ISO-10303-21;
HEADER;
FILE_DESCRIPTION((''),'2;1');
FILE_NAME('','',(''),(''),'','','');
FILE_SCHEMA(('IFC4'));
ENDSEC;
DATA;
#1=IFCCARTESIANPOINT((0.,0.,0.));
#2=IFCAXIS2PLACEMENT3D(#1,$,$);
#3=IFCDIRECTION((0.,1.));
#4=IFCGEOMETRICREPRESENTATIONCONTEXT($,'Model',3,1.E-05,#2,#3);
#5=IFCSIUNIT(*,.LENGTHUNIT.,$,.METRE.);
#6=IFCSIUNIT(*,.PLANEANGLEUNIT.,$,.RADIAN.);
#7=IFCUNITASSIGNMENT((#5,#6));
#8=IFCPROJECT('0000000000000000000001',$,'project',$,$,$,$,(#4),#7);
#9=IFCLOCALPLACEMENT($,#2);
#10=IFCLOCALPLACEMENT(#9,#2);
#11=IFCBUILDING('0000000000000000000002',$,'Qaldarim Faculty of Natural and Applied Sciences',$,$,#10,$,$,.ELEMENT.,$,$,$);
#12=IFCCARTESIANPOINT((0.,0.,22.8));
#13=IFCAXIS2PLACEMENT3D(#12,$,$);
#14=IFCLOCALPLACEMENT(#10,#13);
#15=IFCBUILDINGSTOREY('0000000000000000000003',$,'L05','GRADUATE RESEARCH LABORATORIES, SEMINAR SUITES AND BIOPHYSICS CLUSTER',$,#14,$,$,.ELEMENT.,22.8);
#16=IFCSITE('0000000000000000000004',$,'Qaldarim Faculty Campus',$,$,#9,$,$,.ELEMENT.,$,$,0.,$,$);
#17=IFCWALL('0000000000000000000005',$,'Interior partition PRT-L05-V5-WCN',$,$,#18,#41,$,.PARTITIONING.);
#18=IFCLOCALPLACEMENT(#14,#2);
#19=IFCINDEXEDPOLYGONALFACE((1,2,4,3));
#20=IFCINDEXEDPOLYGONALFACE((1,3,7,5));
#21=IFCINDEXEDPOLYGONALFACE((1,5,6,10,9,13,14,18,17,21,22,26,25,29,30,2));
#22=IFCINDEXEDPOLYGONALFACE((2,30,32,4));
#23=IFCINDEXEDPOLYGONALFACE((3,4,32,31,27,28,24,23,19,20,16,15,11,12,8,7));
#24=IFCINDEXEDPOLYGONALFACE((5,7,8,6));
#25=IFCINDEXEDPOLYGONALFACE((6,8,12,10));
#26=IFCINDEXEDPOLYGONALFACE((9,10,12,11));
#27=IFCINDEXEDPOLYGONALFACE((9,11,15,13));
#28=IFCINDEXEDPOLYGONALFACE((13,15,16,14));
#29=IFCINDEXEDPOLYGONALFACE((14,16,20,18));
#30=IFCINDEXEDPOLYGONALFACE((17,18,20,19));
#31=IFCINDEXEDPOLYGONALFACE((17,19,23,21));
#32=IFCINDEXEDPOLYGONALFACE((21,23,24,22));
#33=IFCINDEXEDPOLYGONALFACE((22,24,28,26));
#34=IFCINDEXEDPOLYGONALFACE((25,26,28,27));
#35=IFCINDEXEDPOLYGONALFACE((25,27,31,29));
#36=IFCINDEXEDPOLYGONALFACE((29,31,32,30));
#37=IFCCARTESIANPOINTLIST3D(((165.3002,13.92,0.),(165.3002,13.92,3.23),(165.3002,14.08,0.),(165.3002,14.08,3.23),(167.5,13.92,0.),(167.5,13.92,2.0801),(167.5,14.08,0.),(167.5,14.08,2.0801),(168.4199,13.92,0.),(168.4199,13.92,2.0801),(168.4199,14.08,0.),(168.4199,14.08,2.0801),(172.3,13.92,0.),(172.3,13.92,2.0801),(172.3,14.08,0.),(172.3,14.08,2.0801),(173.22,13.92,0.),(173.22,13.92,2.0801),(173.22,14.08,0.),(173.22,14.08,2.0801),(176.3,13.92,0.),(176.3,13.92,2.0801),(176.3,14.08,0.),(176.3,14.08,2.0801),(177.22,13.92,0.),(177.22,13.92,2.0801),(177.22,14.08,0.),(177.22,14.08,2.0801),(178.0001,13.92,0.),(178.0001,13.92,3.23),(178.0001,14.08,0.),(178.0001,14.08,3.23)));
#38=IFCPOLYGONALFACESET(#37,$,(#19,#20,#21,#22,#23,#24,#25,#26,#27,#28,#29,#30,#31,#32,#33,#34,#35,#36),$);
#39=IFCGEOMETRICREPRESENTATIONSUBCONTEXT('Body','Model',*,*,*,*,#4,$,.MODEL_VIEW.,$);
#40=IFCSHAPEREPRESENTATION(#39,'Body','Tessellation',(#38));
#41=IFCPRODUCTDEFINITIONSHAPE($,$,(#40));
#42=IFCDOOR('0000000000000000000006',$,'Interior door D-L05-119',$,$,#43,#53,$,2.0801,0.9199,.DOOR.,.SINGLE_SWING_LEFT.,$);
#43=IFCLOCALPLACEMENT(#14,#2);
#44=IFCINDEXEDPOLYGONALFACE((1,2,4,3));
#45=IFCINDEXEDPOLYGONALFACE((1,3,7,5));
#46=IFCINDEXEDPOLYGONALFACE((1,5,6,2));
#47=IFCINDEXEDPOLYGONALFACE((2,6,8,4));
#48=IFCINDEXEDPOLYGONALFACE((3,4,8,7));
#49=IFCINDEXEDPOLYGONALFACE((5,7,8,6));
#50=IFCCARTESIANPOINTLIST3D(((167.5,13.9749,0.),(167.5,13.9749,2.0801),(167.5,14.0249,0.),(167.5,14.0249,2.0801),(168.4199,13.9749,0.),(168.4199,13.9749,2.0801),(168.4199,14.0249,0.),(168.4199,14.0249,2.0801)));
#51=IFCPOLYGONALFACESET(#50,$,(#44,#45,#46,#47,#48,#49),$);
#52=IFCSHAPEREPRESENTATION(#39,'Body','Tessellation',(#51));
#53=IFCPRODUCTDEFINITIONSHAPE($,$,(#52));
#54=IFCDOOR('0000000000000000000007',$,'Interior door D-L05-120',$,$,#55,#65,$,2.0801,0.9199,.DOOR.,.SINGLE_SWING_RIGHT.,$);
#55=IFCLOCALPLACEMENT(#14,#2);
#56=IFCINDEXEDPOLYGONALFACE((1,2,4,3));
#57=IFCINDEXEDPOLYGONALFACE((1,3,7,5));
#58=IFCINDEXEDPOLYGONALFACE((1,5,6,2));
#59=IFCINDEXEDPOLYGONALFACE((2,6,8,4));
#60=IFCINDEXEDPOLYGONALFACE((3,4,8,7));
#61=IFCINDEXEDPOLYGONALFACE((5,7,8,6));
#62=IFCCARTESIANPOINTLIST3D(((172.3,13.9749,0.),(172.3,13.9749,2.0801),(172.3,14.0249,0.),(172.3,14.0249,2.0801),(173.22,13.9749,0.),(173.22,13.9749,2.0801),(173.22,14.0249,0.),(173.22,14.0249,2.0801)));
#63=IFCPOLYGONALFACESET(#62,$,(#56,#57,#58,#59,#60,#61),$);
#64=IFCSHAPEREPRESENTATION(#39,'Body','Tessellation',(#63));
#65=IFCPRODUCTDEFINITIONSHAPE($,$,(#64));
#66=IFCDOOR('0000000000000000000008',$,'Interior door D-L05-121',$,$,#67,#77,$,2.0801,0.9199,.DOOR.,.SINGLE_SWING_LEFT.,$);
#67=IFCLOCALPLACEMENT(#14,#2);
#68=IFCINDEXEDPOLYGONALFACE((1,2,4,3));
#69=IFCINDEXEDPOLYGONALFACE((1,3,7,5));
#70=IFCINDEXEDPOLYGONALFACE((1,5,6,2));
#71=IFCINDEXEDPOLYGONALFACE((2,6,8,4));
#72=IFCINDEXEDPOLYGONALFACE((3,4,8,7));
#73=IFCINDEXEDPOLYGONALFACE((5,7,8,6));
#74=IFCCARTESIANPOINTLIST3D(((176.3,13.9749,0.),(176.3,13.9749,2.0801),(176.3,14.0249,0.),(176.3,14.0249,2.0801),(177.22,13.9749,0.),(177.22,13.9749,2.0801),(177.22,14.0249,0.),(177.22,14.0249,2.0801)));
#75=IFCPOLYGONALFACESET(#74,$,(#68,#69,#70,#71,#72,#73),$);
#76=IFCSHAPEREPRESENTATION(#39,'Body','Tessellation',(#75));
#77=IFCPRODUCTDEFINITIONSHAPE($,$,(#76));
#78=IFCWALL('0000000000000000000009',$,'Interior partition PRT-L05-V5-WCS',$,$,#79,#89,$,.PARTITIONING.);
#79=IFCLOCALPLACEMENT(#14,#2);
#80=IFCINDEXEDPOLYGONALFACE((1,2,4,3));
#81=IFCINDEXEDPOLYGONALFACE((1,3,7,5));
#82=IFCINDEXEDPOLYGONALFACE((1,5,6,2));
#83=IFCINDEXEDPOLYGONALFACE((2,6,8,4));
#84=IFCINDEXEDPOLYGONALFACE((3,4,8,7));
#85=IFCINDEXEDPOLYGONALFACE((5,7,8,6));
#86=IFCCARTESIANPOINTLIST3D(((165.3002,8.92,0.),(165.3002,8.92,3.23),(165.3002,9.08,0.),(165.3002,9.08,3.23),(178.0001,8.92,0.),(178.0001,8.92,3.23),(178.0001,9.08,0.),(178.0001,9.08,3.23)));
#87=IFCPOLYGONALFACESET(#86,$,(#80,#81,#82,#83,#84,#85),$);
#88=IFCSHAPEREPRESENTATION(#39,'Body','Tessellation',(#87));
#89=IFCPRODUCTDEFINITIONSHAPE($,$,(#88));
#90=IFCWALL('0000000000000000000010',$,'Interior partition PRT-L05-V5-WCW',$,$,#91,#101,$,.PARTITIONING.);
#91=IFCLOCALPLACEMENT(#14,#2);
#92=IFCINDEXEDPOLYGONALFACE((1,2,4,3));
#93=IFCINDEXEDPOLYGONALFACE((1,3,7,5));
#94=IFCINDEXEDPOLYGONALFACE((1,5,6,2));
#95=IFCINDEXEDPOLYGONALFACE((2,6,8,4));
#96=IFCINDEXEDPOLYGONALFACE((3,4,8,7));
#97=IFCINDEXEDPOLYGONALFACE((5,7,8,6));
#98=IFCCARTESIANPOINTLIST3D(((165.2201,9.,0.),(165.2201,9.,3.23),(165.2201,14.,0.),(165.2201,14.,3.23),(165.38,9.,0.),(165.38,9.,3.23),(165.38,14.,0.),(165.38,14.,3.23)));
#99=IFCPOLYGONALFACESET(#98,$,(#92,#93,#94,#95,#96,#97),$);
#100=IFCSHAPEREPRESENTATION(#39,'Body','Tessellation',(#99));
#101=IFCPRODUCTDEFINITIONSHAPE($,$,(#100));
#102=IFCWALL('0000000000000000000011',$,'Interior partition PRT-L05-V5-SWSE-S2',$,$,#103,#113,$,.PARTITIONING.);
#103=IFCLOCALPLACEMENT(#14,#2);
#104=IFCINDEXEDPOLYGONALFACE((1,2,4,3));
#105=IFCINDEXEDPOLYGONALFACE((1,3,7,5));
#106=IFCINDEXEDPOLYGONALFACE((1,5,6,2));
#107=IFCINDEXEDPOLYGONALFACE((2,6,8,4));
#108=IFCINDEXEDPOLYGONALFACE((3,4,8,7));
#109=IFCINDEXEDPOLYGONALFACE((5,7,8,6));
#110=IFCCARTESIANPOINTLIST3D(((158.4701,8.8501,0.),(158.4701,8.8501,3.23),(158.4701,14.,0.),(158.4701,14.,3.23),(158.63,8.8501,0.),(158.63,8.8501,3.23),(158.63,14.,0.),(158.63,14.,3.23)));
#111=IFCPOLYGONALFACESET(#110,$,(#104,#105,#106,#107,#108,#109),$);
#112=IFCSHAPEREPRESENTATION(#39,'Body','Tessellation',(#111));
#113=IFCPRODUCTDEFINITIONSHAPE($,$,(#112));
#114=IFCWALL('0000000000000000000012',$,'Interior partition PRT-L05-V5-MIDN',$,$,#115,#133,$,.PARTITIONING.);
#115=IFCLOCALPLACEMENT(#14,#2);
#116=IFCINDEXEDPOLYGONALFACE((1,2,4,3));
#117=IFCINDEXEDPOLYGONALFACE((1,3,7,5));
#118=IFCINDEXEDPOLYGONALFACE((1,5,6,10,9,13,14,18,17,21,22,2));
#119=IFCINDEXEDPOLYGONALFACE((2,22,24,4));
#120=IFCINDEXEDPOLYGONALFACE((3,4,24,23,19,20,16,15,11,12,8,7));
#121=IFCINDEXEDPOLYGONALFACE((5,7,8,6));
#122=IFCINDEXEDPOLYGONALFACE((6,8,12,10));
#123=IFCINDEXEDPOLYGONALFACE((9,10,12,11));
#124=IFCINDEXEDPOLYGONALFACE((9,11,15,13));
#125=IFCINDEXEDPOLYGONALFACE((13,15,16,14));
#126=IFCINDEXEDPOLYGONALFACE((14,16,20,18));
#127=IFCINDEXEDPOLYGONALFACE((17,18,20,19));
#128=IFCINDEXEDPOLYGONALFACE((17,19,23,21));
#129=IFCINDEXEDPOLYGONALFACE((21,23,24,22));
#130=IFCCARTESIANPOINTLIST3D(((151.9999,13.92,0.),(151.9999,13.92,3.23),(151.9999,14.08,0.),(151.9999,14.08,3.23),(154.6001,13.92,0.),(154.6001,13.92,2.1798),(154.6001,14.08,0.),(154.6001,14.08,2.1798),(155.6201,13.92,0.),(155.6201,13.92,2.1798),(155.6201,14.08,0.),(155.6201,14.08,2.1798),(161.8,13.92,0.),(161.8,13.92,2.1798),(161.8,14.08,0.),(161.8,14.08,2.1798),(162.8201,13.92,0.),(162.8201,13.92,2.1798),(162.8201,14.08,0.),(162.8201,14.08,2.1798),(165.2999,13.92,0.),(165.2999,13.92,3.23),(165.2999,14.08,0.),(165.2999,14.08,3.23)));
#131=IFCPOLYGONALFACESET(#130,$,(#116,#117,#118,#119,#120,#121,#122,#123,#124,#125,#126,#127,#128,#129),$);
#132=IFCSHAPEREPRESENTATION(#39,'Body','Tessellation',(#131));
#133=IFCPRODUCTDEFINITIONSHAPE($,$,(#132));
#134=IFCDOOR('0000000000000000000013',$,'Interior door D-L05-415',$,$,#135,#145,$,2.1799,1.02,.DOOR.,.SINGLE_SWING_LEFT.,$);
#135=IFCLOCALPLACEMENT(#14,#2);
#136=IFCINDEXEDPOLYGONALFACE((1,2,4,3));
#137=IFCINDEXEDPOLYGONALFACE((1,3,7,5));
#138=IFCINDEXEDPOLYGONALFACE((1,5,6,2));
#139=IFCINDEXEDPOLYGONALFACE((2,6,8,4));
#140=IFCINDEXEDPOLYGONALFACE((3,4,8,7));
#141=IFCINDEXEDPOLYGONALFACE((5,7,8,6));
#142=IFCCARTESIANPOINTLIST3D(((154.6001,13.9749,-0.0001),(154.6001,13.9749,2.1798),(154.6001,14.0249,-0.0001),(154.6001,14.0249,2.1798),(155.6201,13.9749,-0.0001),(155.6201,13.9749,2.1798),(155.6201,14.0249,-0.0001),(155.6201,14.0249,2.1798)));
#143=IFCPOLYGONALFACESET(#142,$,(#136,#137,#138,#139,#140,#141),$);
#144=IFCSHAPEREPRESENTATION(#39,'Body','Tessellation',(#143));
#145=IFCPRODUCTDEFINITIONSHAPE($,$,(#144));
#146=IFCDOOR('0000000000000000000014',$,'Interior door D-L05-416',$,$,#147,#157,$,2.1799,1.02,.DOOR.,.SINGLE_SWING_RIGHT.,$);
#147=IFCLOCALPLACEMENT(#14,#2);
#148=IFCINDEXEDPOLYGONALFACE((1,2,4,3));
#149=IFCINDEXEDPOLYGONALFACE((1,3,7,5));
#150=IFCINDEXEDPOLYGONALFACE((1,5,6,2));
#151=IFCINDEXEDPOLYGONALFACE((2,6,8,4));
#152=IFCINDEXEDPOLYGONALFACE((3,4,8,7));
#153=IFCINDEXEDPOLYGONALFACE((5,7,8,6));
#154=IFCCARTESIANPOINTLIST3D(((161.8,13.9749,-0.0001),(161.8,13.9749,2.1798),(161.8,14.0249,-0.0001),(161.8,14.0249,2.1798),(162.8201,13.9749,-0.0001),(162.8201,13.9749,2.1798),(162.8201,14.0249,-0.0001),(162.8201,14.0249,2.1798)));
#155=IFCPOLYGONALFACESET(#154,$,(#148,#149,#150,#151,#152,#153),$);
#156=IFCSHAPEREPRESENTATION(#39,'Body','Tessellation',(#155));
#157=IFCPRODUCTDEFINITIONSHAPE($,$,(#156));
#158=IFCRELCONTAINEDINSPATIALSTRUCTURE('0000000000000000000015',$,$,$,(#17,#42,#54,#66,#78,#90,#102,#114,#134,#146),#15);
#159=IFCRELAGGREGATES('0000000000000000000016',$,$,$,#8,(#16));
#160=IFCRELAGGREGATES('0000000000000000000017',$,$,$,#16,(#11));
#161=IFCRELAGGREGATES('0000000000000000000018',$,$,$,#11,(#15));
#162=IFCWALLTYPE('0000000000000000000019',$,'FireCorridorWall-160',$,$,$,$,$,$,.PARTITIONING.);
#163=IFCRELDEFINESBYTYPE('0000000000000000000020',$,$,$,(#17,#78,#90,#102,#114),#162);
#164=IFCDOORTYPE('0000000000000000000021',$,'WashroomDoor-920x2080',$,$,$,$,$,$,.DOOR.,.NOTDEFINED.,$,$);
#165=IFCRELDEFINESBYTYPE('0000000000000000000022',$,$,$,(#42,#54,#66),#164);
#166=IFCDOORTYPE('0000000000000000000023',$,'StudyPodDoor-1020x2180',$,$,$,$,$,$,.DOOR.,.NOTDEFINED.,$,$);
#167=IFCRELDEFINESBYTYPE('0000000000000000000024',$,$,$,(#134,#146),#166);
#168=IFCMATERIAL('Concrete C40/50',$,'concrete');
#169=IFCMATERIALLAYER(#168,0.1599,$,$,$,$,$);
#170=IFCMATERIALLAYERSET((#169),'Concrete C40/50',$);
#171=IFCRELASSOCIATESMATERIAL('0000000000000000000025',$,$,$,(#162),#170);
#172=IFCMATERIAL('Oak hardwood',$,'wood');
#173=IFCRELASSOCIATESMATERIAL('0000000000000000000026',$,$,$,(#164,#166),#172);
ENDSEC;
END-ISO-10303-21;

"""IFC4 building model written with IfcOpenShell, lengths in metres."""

from ifc_helpers import new_model, si_unit, direction, frame, frame_2d, origin, place, context, subcontext, project, spatial, rectangle, extrude, material, layer, layer_set, type_object, element, fill, save


model = new_model("IFC4")

# Units and contexts
model_context = context("Model", 3, precision=1e-05, world=origin(), true_north=direction((0.0, 1.0)))
body_context = subcontext(model_context, "Body", "Model", "MODEL_VIEW")
ifc_project = project(units=[si_unit("LENGTHUNIT", "METRE"), si_unit("PLANEANGLEUNIT", "RADIAN")], contexts=[model_context])

# Site, building, storey
site_placement = place(None, origin())
site = spatial("IfcSite", under=ifc_project, at=site_placement, Name="Qaldarim Faculty Campus", CompositionType="ELEMENT", RefElevation=0.0)
building_placement = place(site_placement, origin())
building = spatial("IfcBuilding", under=site, at=building_placement, Name="Qaldarim Faculty of Natural and Applied Sciences", CompositionType="ELEMENT")
storey_placement = place(building_placement, frame((0.0, 0.0, 22.8)))
storey = spatial("IfcBuildingStorey", under=building, at=storey_placement, Name="L05", Description="GRADUATE RESEARCH LABORATORIES, SEMINAR SUITES AND BIOPHYSICS CLUSTER", CompositionType="ELEMENT", Elevation=22.8)

# Wall, openings, doors
ifc_material_1 = material(Name="Concrete C40/50", Category="concrete")
ifc_layer_1 = layer(ifc_material_1, 0.1599)
ifc_layer_set_1 = layer_set([ifc_layer_1], Name="Concrete C40/50")
wall_type_1 = type_object("IfcWallType", Name="FireCorridorWall-160", PredefinedType="PARTITIONING", material=ifc_layer_set_1)
wall_1_placement = place(storey_placement, frame((165.3, 14.0, 0.0), z_axis=(0.0, 0.0, 1.0), x_axis=(1.0, 0.0, 0.0)))
wall_1 = element("IfcWall", 1, at=wall_1_placement, inside=storey, type_object=wall_type_1, Name="Interior partition PRT-L05-V5-WCN", PredefinedType="PARTITIONING", context=body_context, shape_type="SweptSolid", body=[
    extrude(rectangle(XDim=12.7, YDim=0.1599, at=frame_2d((6.3501, 0.0))), origin(), (0.0, 0.0, 1.0), 3.23),
])
opening_1_placement = place(wall_1_placement, frame((2.2, 0.0, 0.0)))
opening_1 = element("IfcOpeningElement", 2, at=opening_1_placement, cuts=wall_1, PredefinedType="OPENING", context=body_context, shape_type="SweptSolid", body=[
    extrude(rectangle(XDim=0.9199, YDim=2.0801, at=frame_2d((0.46, 1.04))), frame((0.0, 0.0898, 0.0), z_axis=(0.0, -1.0, 0.0), x_axis=(1.0, 0.0, 0.0)), (0.0, 0.0, 1.0), 0.1799),
])
opening_2_placement = place(wall_1_placement, frame((7.0, 0.0, 0.0)))
opening_2 = element("IfcOpeningElement", 3, at=opening_2_placement, cuts=wall_1, PredefinedType="OPENING", context=body_context, shape_type="SweptSolid", body=[
    extrude(rectangle(XDim=0.9199, YDim=2.0801, at=frame_2d((0.46, 1.04))), frame((0.0, 0.0898, 0.0), z_axis=(0.0, -1.0, 0.0), x_axis=(1.0, 0.0, 0.0)), (0.0, 0.0, 1.0), 0.1799),
])
opening_3_placement = place(wall_1_placement, frame((11.0, 0.0, 0.0)))
opening_3 = element("IfcOpeningElement", 4, at=opening_3_placement, cuts=wall_1, PredefinedType="OPENING", context=body_context, shape_type="SweptSolid", body=[
    extrude(rectangle(XDim=0.9199, YDim=2.0801, at=frame_2d((0.46, 1.04))), frame((0.0, 0.0898, 0.0), z_axis=(0.0, -1.0, 0.0), x_axis=(1.0, 0.0, 0.0)), (0.0, 0.0, 1.0), 0.1799),
])
ifc_material_2 = material(Name="Oak hardwood", Category="wood")
door_type_1 = type_object("IfcDoorType", Name="WashroomDoor-920x2080", OperationType="NOTDEFINED", PredefinedType="DOOR", material=ifc_material_2)
door_1_placement = place(opening_1_placement, origin())
door_1 = element("IfcDoor", 5, at=door_1_placement, inside=storey, type_object=door_type_1, Name="Interior door D-L05-119", OperationType="SINGLE_SWING_LEFT", OverallHeight=2.0801, OverallWidth=0.9199, PredefinedType="DOOR", context=body_context, shape_type="SweptSolid", body=[
    extrude(rectangle(XDim=0.9199, YDim=2.0801, at=frame_2d((0.46, 1.04))), frame((0.0, 0.0249, 0.0), z_axis=(0.0, -1.0, 0.0), x_axis=(1.0, 0.0, 0.0)), (0.0, 0.0, 1.0), 0.05),
])
fill(opening_1, door_1)
door_2_placement = place(opening_2_placement, origin())
door_2 = element("IfcDoor", 6, at=door_2_placement, inside=storey, type_object=door_type_1, Name="Interior door D-L05-120", OperationType="SINGLE_SWING_RIGHT", OverallHeight=2.0801, OverallWidth=0.9199, PredefinedType="DOOR", context=body_context, shape_type="SweptSolid", body=[
    extrude(rectangle(XDim=0.9199, YDim=2.0801, at=frame_2d((0.46, 1.04))), frame((0.0, 0.0249, 0.0), z_axis=(0.0, -1.0, 0.0), x_axis=(1.0, 0.0, 0.0)), (0.0, 0.0, 1.0), 0.05),
])
fill(opening_2, door_2)
door_3_placement = place(opening_3_placement, origin())
door_3 = element("IfcDoor", 7, at=door_3_placement, inside=storey, type_object=door_type_1, Name="Interior door D-L05-121", OperationType="SINGLE_SWING_LEFT", OverallHeight=2.0801, OverallWidth=0.9199, PredefinedType="DOOR", context=body_context, shape_type="SweptSolid", body=[
    extrude(rectangle(XDim=0.9199, YDim=2.0801, at=frame_2d((0.46, 1.04))), frame((0.0, 0.0249, 0.0), z_axis=(0.0, -1.0, 0.0), x_axis=(1.0, 0.0, 0.0)), (0.0, 0.0, 1.0), 0.05),
])
fill(opening_3, door_3)

# Walls
wall_2_placement = place(storey_placement, frame((165.3, 9.0, 0.0), z_axis=(0.0, 0.0, 1.0), x_axis=(1.0, 0.0, 0.0)))
element("IfcWall", 8, at=wall_2_placement, inside=storey, type_object=wall_type_1, Name="Interior partition PRT-L05-V5-WCS", PredefinedType="PARTITIONING", context=body_context, shape_type="SweptSolid", body=[
    extrude(rectangle(XDim=12.7, YDim=0.1599, at=frame_2d((6.3501, 0.0))), origin(), (0.0, 0.0, 1.0), 3.23),
])
wall_3_placement = place(storey_placement, frame((165.3, 9.0, 0.0), z_axis=(0.0, 0.0, 1.0), x_axis=(0.0, 1.0, 0.0)))
element("IfcWall", 9, at=wall_3_placement, inside=storey, type_object=wall_type_1, Name="Interior partition PRT-L05-V5-WCW", PredefinedType="PARTITIONING", context=body_context, shape_type="SweptSolid", body=[
    extrude(rectangle(XDim=5.0, YDim=0.1599, at=frame_2d((2.5, 0.0))), origin(), (0.0, 0.0, 1.0), 3.23),
])
wall_4_placement = place(storey_placement, frame((158.55, 8.8501, 0.0), z_axis=(0.0, 0.0, 1.0), x_axis=(0.0, 1.0, 0.0)))
element("IfcWall", 10, at=wall_4_placement, inside=storey, type_object=wall_type_1, Name="Interior partition PRT-L05-V5-SWSE-S2", PredefinedType="PARTITIONING", context=body_context, shape_type="SweptSolid", body=[
    extrude(rectangle(XDim=5.1499, YDim=0.1599, at=frame_2d((2.575, 0.0))), origin(), (0.0, 0.0, 1.0), 3.23),
])

# Wall, openings, doors
wall_5_placement = place(storey_placement, frame((152.0, 14.0, 0.0), z_axis=(0.0, 0.0, 1.0), x_axis=(1.0, 0.0, 0.0)))
wall_5 = element("IfcWall", 11, at=wall_5_placement, inside=storey, type_object=wall_type_1, Name="Interior partition PRT-L05-V5-MIDN", PredefinedType="PARTITIONING", context=body_context, shape_type="SweptSolid", body=[
    extrude(rectangle(XDim=13.3, YDim=0.1599, at=frame_2d((6.6499, 0.0))), origin(), (0.0, 0.0, 1.0), 3.23),
])
opening_4_placement = place(wall_5_placement, frame((2.6001, 0.0, 0.0)))
opening_4 = element("IfcOpeningElement", 12, at=opening_4_placement, cuts=wall_5, PredefinedType="OPENING", context=body_context, shape_type="SweptSolid", body=[
    extrude(rectangle(XDim=1.02, YDim=2.1799, at=frame_2d((0.51, 1.0898))), frame((0.0, 0.0898, 0.0), z_axis=(0.0, -1.0, 0.0), x_axis=(1.0, 0.0, 0.0)), (0.0, 0.0, 1.0), 0.1799),
])
opening_5_placement = place(wall_5_placement, frame((9.8, 0.0, 0.0)))
opening_5 = element("IfcOpeningElement", 13, at=opening_5_placement, cuts=wall_5, PredefinedType="OPENING", context=body_context, shape_type="SweptSolid", body=[
    extrude(rectangle(XDim=1.02, YDim=2.1799, at=frame_2d((0.51, 1.0898))), frame((0.0, 0.0898, 0.0), z_axis=(0.0, -1.0, 0.0), x_axis=(1.0, 0.0, 0.0)), (0.0, 0.0, 1.0), 0.1799),
])
door_type_2 = type_object("IfcDoorType", Name="StudyPodDoor-1020x2180", OperationType="NOTDEFINED", PredefinedType="DOOR", material=ifc_material_2)
door_4_placement = place(opening_4_placement, origin())
door_4 = element("IfcDoor", 14, at=door_4_placement, inside=storey, type_object=door_type_2, Name="Interior door D-L05-415", OperationType="SINGLE_SWING_LEFT", OverallHeight=2.1799, OverallWidth=1.02, PredefinedType="DOOR", context=body_context, shape_type="SweptSolid", body=[
    extrude(rectangle(XDim=1.02, YDim=2.1799, at=frame_2d((0.51, 1.0898))), frame((0.0, 0.0249, 0.0), z_axis=(0.0, -1.0, 0.0), x_axis=(1.0, 0.0, 0.0)), (0.0, 0.0, 1.0), 0.05),
])
fill(opening_4, door_4)
door_5_placement = place(opening_5_placement, origin())
door_5 = element("IfcDoor", 15, at=door_5_placement, inside=storey, type_object=door_type_2, Name="Interior door D-L05-416", OperationType="SINGLE_SWING_RIGHT", OverallHeight=2.1799, OverallWidth=1.02, PredefinedType="DOOR", context=body_context, shape_type="SweptSolid", body=[
    extrude(rectangle(XDim=1.02, YDim=2.1799, at=frame_2d((0.51, 1.0898))), frame((0.0, 0.0249, 0.0), z_axis=(0.0, -1.0, 0.0), x_axis=(1.0, 0.0, 0.0)), (0.0, 0.0, 1.0), 0.05),
])
fill(opening_5, door_5)

save(model, "model.ifc")
